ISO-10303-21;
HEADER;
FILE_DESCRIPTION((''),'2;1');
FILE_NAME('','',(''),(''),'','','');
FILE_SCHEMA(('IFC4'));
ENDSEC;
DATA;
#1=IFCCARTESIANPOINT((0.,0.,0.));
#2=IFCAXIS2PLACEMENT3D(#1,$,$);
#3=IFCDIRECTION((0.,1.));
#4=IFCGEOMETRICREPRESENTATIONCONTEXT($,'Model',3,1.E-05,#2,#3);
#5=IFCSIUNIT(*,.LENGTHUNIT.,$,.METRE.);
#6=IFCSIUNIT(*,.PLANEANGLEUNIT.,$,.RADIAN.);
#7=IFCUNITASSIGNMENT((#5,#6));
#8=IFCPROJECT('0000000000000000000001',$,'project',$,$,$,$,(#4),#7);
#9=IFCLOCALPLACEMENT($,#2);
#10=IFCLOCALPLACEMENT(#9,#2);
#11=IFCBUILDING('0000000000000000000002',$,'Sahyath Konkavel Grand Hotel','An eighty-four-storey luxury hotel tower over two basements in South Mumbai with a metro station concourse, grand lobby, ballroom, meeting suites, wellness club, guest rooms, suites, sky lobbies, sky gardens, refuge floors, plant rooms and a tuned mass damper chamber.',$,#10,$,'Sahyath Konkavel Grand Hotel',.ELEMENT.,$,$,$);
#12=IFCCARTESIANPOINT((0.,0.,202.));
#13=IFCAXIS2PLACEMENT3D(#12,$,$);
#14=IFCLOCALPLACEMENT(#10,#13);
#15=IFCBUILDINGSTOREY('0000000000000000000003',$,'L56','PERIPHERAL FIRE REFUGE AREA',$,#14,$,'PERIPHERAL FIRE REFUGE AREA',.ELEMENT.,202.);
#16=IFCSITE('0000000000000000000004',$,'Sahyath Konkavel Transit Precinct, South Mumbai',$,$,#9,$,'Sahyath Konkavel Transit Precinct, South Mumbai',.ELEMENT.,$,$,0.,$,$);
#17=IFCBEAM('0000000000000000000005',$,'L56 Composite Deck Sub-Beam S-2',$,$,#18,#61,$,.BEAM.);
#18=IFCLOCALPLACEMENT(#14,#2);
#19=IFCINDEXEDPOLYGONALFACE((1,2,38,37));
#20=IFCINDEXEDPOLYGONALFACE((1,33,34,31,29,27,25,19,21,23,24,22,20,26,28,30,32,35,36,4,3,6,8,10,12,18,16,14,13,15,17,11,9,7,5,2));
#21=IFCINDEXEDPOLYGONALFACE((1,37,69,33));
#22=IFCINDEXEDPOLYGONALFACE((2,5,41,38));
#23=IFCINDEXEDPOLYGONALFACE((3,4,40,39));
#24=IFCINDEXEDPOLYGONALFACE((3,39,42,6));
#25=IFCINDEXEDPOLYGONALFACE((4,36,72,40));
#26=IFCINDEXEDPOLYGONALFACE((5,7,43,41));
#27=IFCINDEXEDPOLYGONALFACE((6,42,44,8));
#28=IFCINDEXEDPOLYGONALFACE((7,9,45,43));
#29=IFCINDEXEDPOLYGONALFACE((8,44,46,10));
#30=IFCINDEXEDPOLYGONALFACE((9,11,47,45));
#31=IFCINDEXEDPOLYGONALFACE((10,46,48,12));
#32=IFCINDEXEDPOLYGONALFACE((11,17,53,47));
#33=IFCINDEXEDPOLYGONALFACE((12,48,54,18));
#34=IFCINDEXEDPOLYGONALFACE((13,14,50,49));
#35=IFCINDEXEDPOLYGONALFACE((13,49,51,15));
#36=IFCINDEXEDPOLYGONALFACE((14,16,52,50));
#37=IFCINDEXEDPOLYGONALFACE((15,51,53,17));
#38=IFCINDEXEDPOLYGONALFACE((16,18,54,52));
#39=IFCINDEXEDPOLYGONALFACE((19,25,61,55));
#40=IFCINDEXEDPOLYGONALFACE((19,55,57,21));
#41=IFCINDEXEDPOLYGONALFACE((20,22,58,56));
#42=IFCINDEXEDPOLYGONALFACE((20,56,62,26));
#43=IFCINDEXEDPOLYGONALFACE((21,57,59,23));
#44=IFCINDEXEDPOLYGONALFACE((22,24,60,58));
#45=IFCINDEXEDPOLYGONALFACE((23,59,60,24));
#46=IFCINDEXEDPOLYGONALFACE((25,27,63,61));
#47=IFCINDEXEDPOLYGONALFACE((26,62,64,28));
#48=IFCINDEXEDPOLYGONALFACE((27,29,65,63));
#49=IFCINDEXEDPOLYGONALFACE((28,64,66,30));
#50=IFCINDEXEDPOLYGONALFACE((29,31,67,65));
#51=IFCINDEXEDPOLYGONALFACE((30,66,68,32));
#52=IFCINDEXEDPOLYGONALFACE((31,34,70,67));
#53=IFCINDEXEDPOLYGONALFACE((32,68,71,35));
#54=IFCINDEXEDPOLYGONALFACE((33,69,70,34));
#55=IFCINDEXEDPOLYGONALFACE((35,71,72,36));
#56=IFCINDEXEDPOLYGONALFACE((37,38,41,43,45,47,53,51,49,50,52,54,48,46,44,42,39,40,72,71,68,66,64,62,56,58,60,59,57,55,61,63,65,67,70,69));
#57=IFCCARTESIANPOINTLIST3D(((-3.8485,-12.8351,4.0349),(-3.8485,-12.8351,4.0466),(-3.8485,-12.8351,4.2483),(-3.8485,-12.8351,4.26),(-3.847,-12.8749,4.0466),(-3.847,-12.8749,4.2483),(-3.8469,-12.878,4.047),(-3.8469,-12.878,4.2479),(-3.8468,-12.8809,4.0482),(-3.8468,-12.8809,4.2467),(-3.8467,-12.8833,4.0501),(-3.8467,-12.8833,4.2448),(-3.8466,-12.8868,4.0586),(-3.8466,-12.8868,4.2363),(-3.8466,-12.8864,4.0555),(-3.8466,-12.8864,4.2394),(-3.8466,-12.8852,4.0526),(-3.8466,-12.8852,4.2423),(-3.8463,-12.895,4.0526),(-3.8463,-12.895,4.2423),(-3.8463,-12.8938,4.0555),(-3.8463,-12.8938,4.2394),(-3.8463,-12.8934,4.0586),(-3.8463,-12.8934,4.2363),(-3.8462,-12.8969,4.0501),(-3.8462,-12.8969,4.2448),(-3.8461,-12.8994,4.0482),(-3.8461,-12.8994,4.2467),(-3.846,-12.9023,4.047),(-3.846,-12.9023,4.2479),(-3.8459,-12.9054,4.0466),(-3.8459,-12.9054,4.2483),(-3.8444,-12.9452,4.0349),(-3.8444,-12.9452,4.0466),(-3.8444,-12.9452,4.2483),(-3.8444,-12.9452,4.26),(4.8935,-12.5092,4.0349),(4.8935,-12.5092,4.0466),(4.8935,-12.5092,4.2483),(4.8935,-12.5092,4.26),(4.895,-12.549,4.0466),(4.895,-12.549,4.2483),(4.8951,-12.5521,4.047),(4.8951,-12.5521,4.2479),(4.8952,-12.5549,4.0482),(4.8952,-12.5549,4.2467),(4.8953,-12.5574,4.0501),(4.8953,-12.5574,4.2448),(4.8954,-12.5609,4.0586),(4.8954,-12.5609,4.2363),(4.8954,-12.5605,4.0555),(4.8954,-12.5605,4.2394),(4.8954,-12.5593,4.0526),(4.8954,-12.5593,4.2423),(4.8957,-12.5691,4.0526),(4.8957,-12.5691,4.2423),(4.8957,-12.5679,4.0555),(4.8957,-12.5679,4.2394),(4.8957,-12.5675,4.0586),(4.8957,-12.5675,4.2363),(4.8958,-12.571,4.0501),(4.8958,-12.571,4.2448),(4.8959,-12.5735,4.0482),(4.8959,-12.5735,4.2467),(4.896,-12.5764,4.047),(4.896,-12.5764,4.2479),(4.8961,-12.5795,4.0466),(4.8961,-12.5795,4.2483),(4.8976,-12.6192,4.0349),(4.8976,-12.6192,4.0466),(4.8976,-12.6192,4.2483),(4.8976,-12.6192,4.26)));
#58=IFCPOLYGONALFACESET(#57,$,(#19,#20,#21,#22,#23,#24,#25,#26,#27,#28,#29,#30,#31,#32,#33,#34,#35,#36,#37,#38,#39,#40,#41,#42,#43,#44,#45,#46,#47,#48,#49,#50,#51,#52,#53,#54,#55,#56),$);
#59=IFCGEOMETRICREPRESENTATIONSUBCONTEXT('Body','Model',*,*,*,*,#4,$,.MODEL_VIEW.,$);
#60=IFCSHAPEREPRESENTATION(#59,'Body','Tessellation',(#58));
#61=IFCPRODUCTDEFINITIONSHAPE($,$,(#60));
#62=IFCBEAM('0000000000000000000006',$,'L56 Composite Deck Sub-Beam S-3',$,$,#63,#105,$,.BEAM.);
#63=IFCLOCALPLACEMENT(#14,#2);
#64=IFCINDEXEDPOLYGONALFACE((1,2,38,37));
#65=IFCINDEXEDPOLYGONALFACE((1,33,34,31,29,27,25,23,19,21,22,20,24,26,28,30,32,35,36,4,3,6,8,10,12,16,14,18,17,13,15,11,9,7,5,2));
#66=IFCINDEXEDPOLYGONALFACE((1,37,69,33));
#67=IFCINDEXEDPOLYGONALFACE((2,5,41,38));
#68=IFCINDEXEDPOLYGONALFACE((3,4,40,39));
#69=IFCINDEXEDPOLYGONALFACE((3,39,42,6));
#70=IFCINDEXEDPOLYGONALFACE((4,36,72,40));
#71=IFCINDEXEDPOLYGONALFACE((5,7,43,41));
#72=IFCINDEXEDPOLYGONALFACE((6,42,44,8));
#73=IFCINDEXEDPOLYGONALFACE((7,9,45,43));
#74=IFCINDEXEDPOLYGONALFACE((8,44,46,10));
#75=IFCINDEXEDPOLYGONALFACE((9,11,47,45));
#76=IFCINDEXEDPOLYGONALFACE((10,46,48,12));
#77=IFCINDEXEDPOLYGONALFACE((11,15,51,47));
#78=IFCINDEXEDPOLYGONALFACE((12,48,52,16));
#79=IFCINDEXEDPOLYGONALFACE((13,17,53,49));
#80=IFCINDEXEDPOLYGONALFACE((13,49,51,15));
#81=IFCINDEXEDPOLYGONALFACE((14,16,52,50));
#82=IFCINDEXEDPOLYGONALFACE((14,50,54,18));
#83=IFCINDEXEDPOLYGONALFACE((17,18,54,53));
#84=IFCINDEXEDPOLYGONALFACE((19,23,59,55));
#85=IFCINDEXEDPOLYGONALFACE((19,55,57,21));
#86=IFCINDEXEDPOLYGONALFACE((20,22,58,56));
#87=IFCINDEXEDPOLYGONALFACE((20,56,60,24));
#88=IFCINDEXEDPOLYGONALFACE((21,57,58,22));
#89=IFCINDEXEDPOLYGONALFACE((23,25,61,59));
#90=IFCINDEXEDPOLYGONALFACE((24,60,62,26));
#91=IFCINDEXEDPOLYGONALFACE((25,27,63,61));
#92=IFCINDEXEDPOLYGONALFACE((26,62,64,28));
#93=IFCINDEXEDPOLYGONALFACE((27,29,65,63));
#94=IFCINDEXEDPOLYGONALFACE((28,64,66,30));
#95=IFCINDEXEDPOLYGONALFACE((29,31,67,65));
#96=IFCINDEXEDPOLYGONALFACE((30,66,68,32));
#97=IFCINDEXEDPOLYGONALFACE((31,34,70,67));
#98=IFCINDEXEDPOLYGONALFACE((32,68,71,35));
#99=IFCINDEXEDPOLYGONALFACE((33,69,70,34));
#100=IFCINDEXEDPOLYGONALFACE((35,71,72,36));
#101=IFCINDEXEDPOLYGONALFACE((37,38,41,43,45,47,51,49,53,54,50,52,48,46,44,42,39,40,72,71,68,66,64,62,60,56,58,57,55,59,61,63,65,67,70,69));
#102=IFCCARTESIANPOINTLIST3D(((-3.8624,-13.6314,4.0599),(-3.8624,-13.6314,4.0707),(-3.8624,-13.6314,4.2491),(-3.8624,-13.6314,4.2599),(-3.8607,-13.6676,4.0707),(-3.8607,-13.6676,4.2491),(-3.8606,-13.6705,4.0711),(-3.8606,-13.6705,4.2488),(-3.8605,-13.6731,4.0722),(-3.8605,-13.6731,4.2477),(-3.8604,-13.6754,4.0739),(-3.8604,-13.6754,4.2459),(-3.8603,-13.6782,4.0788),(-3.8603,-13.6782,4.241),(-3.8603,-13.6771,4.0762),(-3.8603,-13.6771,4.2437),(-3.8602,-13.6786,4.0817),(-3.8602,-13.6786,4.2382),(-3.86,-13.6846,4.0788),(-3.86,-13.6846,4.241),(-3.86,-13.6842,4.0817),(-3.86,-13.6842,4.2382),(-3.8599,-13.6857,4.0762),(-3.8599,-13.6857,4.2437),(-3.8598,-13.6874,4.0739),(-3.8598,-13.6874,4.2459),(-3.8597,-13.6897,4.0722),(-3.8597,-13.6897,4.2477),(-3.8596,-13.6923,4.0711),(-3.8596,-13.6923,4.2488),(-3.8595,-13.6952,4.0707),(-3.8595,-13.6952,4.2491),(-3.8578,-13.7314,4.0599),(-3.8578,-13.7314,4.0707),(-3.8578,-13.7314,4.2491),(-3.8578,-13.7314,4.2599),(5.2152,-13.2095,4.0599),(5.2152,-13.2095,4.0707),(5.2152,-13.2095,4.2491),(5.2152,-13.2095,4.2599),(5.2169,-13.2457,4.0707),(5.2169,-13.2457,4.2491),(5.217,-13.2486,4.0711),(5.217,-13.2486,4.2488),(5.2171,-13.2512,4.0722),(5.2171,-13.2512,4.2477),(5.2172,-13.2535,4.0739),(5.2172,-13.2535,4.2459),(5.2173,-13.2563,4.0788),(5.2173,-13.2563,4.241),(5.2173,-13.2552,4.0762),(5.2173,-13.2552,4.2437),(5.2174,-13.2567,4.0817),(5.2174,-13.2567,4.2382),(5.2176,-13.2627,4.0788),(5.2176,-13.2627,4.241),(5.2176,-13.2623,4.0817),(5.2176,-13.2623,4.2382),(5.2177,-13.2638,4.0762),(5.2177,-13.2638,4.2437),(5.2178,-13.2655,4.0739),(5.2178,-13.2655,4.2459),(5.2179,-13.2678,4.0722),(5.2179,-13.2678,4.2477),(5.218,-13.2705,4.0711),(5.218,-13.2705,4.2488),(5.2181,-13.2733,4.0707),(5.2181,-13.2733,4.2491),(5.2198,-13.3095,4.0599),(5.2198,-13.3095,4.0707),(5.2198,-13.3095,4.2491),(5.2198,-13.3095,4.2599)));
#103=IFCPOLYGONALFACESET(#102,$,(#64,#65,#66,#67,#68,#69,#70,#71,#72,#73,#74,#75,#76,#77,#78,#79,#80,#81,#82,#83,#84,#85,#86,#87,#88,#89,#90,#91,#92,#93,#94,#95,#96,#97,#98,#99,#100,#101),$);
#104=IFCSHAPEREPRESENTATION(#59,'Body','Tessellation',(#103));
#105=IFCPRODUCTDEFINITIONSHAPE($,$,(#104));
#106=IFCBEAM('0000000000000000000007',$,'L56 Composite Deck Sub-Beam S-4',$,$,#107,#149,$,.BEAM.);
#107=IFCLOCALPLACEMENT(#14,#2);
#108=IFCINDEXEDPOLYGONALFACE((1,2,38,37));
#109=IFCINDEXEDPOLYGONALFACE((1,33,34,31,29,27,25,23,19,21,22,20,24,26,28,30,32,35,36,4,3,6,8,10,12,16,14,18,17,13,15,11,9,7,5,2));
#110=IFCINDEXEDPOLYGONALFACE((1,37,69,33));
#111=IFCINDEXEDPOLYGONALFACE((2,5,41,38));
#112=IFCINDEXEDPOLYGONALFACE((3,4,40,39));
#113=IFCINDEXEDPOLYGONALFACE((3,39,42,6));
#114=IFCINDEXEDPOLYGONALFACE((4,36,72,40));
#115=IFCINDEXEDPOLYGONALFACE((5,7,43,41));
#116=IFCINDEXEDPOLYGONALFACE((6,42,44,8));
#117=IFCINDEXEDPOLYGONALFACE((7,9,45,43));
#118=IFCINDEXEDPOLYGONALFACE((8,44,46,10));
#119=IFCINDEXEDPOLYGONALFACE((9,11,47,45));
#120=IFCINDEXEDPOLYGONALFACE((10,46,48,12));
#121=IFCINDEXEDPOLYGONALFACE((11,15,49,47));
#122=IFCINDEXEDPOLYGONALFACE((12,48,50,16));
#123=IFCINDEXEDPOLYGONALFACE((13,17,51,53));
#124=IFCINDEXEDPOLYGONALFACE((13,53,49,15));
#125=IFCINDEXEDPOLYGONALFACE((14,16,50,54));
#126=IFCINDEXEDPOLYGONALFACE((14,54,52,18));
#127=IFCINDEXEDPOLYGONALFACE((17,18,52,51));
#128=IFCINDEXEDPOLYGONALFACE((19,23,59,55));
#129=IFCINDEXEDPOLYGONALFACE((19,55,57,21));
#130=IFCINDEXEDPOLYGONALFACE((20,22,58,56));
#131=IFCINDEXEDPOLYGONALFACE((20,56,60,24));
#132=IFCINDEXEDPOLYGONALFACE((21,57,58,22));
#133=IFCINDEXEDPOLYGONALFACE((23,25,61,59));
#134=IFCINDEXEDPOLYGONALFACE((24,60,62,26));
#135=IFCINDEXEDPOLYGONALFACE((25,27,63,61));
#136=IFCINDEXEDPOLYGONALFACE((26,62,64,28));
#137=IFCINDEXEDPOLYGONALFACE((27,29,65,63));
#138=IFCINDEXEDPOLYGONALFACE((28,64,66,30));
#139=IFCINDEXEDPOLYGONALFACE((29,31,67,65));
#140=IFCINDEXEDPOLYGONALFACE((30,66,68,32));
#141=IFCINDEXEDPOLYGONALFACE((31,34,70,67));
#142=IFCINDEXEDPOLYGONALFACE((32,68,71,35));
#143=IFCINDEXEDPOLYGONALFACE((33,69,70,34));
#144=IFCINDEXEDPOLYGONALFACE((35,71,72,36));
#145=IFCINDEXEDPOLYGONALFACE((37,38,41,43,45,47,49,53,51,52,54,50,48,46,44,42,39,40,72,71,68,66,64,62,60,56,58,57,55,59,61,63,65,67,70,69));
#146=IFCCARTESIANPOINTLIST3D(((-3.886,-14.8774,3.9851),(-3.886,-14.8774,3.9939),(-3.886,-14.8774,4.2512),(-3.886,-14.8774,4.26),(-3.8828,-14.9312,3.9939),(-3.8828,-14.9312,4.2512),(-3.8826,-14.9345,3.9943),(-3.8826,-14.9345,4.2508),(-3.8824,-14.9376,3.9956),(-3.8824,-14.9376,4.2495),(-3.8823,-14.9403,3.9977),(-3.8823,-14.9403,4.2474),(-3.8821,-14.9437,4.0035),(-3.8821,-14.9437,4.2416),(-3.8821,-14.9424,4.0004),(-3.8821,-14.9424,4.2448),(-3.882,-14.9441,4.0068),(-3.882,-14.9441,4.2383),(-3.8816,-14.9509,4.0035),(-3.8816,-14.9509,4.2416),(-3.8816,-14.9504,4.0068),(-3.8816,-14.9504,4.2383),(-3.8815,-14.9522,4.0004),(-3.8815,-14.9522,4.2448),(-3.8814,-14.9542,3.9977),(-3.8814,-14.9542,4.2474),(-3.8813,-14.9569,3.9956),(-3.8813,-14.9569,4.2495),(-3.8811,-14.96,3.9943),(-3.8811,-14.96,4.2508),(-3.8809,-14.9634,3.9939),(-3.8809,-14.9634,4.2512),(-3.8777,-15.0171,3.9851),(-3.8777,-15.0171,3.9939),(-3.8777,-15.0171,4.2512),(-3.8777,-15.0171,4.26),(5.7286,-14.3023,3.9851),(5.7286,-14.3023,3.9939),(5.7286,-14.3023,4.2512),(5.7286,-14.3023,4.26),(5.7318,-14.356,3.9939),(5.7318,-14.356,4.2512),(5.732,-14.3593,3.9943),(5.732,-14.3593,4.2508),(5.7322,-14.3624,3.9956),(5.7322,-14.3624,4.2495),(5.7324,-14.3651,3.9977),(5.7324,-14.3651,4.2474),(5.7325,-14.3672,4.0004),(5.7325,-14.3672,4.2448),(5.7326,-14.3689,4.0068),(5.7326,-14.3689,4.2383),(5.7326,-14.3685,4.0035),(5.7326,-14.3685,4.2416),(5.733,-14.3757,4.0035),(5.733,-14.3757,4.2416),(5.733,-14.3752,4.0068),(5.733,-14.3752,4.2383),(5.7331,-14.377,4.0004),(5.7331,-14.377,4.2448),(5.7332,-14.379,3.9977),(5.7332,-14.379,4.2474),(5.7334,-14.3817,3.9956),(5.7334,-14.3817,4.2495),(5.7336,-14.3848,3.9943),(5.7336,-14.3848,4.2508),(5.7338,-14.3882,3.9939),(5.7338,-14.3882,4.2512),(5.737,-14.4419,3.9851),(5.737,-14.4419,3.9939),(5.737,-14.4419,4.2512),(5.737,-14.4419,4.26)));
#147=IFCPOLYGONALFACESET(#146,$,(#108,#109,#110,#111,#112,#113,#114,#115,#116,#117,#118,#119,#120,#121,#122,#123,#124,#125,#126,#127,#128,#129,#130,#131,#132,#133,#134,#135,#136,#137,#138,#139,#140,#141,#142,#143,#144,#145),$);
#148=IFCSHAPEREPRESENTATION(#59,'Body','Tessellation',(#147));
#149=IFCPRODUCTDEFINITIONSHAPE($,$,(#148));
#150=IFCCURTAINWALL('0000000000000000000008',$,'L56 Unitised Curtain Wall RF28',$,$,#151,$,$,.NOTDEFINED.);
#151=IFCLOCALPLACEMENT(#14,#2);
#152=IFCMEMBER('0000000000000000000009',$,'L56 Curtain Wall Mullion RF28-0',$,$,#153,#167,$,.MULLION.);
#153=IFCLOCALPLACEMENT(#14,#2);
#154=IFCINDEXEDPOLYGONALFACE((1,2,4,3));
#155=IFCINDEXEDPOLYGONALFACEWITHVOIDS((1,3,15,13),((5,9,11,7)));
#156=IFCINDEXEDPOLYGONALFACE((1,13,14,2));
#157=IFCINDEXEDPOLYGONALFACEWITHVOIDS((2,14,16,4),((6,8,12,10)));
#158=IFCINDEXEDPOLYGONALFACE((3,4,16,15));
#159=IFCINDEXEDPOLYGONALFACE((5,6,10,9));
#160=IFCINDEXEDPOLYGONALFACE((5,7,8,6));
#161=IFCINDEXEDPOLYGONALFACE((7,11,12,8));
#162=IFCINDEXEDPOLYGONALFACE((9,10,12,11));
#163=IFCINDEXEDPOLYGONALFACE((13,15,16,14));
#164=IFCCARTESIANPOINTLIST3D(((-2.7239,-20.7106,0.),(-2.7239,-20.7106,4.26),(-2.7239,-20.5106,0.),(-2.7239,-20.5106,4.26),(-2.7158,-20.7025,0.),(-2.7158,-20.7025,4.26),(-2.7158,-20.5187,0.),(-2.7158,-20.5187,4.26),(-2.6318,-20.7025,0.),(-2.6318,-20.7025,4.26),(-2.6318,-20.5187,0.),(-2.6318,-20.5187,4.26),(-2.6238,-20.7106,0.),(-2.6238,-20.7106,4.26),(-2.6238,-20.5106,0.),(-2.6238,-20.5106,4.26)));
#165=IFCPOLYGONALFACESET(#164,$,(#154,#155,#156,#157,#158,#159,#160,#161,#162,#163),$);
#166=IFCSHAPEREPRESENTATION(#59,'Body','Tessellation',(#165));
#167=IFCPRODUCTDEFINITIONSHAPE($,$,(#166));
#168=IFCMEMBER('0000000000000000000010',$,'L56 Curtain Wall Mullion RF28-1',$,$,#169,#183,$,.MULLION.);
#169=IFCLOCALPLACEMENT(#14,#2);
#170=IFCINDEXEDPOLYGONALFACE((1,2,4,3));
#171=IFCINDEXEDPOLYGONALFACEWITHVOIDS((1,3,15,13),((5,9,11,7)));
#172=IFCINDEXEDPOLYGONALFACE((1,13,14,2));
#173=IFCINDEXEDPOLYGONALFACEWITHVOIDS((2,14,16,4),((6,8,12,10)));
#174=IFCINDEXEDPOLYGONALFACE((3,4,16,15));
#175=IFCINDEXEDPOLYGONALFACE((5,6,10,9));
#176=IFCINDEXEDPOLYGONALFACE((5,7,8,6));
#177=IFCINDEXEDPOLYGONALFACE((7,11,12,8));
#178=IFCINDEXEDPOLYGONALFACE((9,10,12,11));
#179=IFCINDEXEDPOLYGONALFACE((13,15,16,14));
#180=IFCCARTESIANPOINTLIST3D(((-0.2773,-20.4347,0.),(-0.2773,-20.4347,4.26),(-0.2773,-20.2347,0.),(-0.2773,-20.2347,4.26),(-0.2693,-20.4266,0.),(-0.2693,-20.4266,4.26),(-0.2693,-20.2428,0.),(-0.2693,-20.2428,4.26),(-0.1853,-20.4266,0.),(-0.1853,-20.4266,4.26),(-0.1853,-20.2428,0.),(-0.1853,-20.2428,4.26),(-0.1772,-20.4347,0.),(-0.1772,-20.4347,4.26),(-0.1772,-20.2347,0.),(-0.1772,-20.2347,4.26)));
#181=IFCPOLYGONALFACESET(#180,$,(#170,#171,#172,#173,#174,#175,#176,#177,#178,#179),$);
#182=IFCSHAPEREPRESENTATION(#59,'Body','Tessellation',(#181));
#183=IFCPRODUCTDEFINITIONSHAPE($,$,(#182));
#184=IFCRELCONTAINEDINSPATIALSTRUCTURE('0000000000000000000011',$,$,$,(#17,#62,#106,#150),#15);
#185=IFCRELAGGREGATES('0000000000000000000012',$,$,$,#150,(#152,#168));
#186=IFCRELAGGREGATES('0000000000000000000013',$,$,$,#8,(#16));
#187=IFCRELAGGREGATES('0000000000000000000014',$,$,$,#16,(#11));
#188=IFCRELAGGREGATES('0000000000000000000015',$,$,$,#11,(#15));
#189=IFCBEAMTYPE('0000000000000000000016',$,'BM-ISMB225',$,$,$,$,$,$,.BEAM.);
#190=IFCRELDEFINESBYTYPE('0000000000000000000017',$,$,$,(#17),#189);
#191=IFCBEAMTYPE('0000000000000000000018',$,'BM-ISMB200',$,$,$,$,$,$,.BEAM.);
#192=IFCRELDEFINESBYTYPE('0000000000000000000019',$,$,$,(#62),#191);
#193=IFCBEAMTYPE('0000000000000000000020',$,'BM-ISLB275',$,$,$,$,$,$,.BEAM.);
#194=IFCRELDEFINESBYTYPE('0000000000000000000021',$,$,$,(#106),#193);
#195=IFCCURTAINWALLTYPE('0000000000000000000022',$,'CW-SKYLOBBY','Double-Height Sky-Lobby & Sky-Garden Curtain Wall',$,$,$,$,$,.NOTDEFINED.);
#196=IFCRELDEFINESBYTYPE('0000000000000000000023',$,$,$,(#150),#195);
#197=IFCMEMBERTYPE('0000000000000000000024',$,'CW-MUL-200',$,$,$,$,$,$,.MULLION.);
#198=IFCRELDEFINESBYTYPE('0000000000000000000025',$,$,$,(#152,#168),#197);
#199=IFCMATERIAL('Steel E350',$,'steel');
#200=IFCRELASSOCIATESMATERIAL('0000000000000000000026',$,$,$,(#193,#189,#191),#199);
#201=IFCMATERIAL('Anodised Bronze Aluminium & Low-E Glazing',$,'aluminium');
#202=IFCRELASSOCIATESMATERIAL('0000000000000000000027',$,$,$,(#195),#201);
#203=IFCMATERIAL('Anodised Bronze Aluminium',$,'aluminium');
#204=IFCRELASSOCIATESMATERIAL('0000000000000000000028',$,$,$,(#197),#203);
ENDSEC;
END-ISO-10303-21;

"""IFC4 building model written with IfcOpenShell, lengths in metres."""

from ifc_helpers import new_model, si_unit, direction, frame, origin, origin_2d, place, context, subcontext, project, spatial, hollow_rectangle, i_section, extrude, source, transform, mapped, material, material_profile, profile_set, type_object, element, aggregate, save


model = new_model("IFC4")

# Units and contexts
model_context = context("Model", 3, precision=1e-05, world=origin(), true_north=direction((0.0, 1.0)))
body_context = subcontext(model_context, "Body", "Model", "MODEL_VIEW")
ifc_project = project(units=[si_unit("LENGTHUNIT", "METRE"), si_unit("PLANEANGLEUNIT", "RADIAN")], contexts=[model_context])

# Site, building, storey
site_placement = place(None, origin())
site = spatial("IfcSite", under=ifc_project, at=site_placement, Name="Sahyath Konkavel Transit Precinct, South Mumbai", LongName="Sahyath Konkavel Transit Precinct, South Mumbai", CompositionType="ELEMENT", RefElevation=0.0)
building_placement = place(site_placement, origin())
building = spatial("IfcBuilding", under=site, at=building_placement, Name="Sahyath Konkavel Grand Hotel", Description="An eighty-four-storey luxury hotel tower over two basements in South Mumbai with a metro station concourse, grand lobby, ballroom, meeting suites, wellness club, guest rooms, suites, sky lobbies, sky gardens, refuge floors, plant rooms and a tuned mass damper chamber.", LongName="Sahyath Konkavel Grand Hotel", CompositionType="ELEMENT")
storey_placement = place(building_placement, frame((0.0, 0.0, 202.0)))
storey = spatial("IfcBuildingStorey", under=building, at=storey_placement, Name="L56", Description="PERIPHERAL FIRE REFUGE AREA", LongName="PERIPHERAL FIRE REFUGE AREA", CompositionType="ELEMENT", Elevation=202.0)

# Shared definitions
ifc_material_1 = material(Name="Steel E350", Category="steel")
ifc_material_profile_1 = material_profile(ifc_material_1, i_section(OverallWidth=0.1399, OverallDepth=0.2749, WebThickness=0.0063, FlangeThickness=0.0088, FilletRadius=0.0129, at=origin_2d()), Name="ISLB 275")
ifc_profile_set_1 = profile_set([ifc_material_profile_1], Name="Steel E350")
beam_type_1 = type_object("IfcBeamType", Name="BM-ISLB275", PredefinedType="BEAM", material=ifc_profile_set_1)

# Beams
ifc_material_profile_2 = material_profile(ifc_material_1, i_section(OverallWidth=0.1101, OverallDepth=0.2251, WebThickness=0.0066, FlangeThickness=0.0117, FilletRadius=0.012, at=origin_2d()), Name="ISMB 225")
ifc_profile_set_2 = profile_set([ifc_material_profile_2], Name="Steel E350")
beam_type_2 = type_object("IfcBeamType", Name="BM-ISMB225", PredefinedType="BEAM", material=ifc_profile_set_2)
shared_shape_1 = source(origin(), body_context, "Body", "SweptSolid", [
    extrude(i_section(OverallWidth=0.1101, OverallDepth=0.2251, WebThickness=0.0066, FlangeThickness=0.0117, FilletRadius=0.012, at=origin_2d()), origin(), (0.0, 0.0, 1.0), 8.748),
])
beam_1_placement = place(storey_placement, frame((-3.8464, -12.8901, 4.1475), z_axis=(0.999306, 0.037257, 0.0), x_axis=(-0.037257, 0.999306, 0.0)))
element("IfcBeam", 1, at=beam_1_placement, inside=storey, type_object=beam_type_2, Name="L56 Composite Deck Sub-Beam S-2", PredefinedType="BEAM", context=body_context, shape_type="MappedRepresentation", body=[
    mapped(shared_shape_1, transform((0.0, 0.0, 0.0), scale=1.0)),
])
ifc_material_profile_3 = material_profile(ifc_material_1, i_section(OverallWidth=0.1001, OverallDepth=0.2, WebThickness=0.0056, FlangeThickness=0.0107, FilletRadius=0.011, at=origin_2d()), Name="ISMB 200")
ifc_profile_set_3 = profile_set([ifc_material_profile_3], Name="Steel E350")
beam_type_3 = type_object("IfcBeamType", Name="BM-ISMB200", PredefinedType="BEAM", material=ifc_profile_set_3)
shared_shape_2 = source(origin(), body_context, "Body", "SweptSolid", [
    extrude(i_section(OverallWidth=0.1001, OverallDepth=0.2, WebThickness=0.0056, FlangeThickness=0.0107, FilletRadius=0.011, at=origin_2d()), origin(), (0.0, 0.0, 1.0), 9.0874),
])
beam_2_placement = place(storey_placement, frame((-3.8601, -13.6814, 4.1599), z_axis=(0.998922, 0.046424, 0.0), x_axis=(-0.046424, 0.998922, 0.0)))
element("IfcBeam", 2, at=beam_2_placement, inside=storey, type_object=beam_type_3, Name="L56 Composite Deck Sub-Beam S-3", PredefinedType="BEAM", context=body_context, shape_type="MappedRepresentation", body=[
    mapped(shared_shape_2, transform((0.0, 0.0, 0.0), scale=1.0)),
])
shared_shape_3 = source(origin(), body_context, "Body", "SweptSolid", [
    extrude(i_section(OverallWidth=0.1399, OverallDepth=0.2749, WebThickness=0.0063, FlangeThickness=0.0088, FilletRadius=0.0129, at=origin_2d()), origin(), (0.0, 0.0, 1.0), 9.6318),
])
beam_3_placement = place(storey_placement, frame((-3.8818, -14.9473, 4.1226), z_axis=(0.998215, 0.059718, 0.0), x_axis=(-0.059718, 0.998215, 0.0)))
element("IfcBeam", 3, at=beam_3_placement, inside=storey, type_object=beam_type_1, Name="L56 Composite Deck Sub-Beam S-4", PredefinedType="BEAM", context=body_context, shape_type="MappedRepresentation", body=[
    mapped(shared_shape_3, transform((0.0, 0.0, 0.0), scale=1.0)),
])

# Curtain wall, members
ifc_material_2 = material(Name="Anodised Bronze Aluminium & Low-E Glazing", Category="aluminium")
curtain_wall_type = type_object("IfcCurtainWallType", Name="CW-SKYLOBBY", Description="Double-Height Sky-Lobby & Sky-Garden Curtain Wall", PredefinedType="NOTDEFINED", material=ifc_material_2)
curtain_wall_placement = place(storey_placement, origin())
curtain_wall = element("IfcCurtainWall", 4, at=curtain_wall_placement, inside=storey, type_object=curtain_wall_type, Name="L56 Unitised Curtain Wall RF28", PredefinedType="NOTDEFINED")
ifc_material_3 = material(Name="Anodised Bronze Aluminium", Category="aluminium")
ifc_material_profile_4 = material_profile(ifc_material_3, hollow_rectangle(XDim=0.1001, YDim=0.2, WallThickness=0.0081, at=origin_2d()), Name="RHS 200x100x8")
ifc_profile_set_4 = profile_set([ifc_material_profile_4], Name="Anodised Bronze Aluminium")
member_type_1 = type_object("IfcMemberType", Name="CW-MUL-200", PredefinedType="MULLION", material=ifc_profile_set_4)
shared_shape_4 = source(origin(), body_context, "Body", "SweptSolid", [
    extrude(hollow_rectangle(XDim=0.1001, YDim=0.2, WallThickness=0.0081, at=origin_2d()), origin(), (0.0, 0.0, 1.0), 4.26),
])
member_1_placement = place(storey_placement, frame((-2.6738, -20.6106, 0.0), z_axis=(0.0, 0.0, 1.0), x_axis=(1.0, 0.0, 0.0)))
member_1 = element("IfcMember", 5, at=member_1_placement, type_object=member_type_1, Name="L56 Curtain Wall Mullion RF28-0", PredefinedType="MULLION", context=body_context, shape_type="MappedRepresentation", body=[
    mapped(shared_shape_4, transform((0.0, 0.0, 0.0), scale=1.0)),
])
member_2_placement = place(storey_placement, frame((-0.2273, -20.3347, 0.0), z_axis=(0.0, 0.0, 1.0), x_axis=(1.0, 0.0, 0.0)))
member_2 = element("IfcMember", 6, at=member_2_placement, type_object=member_type_1, Name="L56 Curtain Wall Mullion RF28-1", PredefinedType="MULLION", context=body_context, shape_type="MappedRepresentation", body=[
    mapped(shared_shape_4, transform((0.0, 0.0, 0.0), scale=1.0)),
])

aggregate(curtain_wall, [member_1, member_2])

save(model, "model.ifc")
